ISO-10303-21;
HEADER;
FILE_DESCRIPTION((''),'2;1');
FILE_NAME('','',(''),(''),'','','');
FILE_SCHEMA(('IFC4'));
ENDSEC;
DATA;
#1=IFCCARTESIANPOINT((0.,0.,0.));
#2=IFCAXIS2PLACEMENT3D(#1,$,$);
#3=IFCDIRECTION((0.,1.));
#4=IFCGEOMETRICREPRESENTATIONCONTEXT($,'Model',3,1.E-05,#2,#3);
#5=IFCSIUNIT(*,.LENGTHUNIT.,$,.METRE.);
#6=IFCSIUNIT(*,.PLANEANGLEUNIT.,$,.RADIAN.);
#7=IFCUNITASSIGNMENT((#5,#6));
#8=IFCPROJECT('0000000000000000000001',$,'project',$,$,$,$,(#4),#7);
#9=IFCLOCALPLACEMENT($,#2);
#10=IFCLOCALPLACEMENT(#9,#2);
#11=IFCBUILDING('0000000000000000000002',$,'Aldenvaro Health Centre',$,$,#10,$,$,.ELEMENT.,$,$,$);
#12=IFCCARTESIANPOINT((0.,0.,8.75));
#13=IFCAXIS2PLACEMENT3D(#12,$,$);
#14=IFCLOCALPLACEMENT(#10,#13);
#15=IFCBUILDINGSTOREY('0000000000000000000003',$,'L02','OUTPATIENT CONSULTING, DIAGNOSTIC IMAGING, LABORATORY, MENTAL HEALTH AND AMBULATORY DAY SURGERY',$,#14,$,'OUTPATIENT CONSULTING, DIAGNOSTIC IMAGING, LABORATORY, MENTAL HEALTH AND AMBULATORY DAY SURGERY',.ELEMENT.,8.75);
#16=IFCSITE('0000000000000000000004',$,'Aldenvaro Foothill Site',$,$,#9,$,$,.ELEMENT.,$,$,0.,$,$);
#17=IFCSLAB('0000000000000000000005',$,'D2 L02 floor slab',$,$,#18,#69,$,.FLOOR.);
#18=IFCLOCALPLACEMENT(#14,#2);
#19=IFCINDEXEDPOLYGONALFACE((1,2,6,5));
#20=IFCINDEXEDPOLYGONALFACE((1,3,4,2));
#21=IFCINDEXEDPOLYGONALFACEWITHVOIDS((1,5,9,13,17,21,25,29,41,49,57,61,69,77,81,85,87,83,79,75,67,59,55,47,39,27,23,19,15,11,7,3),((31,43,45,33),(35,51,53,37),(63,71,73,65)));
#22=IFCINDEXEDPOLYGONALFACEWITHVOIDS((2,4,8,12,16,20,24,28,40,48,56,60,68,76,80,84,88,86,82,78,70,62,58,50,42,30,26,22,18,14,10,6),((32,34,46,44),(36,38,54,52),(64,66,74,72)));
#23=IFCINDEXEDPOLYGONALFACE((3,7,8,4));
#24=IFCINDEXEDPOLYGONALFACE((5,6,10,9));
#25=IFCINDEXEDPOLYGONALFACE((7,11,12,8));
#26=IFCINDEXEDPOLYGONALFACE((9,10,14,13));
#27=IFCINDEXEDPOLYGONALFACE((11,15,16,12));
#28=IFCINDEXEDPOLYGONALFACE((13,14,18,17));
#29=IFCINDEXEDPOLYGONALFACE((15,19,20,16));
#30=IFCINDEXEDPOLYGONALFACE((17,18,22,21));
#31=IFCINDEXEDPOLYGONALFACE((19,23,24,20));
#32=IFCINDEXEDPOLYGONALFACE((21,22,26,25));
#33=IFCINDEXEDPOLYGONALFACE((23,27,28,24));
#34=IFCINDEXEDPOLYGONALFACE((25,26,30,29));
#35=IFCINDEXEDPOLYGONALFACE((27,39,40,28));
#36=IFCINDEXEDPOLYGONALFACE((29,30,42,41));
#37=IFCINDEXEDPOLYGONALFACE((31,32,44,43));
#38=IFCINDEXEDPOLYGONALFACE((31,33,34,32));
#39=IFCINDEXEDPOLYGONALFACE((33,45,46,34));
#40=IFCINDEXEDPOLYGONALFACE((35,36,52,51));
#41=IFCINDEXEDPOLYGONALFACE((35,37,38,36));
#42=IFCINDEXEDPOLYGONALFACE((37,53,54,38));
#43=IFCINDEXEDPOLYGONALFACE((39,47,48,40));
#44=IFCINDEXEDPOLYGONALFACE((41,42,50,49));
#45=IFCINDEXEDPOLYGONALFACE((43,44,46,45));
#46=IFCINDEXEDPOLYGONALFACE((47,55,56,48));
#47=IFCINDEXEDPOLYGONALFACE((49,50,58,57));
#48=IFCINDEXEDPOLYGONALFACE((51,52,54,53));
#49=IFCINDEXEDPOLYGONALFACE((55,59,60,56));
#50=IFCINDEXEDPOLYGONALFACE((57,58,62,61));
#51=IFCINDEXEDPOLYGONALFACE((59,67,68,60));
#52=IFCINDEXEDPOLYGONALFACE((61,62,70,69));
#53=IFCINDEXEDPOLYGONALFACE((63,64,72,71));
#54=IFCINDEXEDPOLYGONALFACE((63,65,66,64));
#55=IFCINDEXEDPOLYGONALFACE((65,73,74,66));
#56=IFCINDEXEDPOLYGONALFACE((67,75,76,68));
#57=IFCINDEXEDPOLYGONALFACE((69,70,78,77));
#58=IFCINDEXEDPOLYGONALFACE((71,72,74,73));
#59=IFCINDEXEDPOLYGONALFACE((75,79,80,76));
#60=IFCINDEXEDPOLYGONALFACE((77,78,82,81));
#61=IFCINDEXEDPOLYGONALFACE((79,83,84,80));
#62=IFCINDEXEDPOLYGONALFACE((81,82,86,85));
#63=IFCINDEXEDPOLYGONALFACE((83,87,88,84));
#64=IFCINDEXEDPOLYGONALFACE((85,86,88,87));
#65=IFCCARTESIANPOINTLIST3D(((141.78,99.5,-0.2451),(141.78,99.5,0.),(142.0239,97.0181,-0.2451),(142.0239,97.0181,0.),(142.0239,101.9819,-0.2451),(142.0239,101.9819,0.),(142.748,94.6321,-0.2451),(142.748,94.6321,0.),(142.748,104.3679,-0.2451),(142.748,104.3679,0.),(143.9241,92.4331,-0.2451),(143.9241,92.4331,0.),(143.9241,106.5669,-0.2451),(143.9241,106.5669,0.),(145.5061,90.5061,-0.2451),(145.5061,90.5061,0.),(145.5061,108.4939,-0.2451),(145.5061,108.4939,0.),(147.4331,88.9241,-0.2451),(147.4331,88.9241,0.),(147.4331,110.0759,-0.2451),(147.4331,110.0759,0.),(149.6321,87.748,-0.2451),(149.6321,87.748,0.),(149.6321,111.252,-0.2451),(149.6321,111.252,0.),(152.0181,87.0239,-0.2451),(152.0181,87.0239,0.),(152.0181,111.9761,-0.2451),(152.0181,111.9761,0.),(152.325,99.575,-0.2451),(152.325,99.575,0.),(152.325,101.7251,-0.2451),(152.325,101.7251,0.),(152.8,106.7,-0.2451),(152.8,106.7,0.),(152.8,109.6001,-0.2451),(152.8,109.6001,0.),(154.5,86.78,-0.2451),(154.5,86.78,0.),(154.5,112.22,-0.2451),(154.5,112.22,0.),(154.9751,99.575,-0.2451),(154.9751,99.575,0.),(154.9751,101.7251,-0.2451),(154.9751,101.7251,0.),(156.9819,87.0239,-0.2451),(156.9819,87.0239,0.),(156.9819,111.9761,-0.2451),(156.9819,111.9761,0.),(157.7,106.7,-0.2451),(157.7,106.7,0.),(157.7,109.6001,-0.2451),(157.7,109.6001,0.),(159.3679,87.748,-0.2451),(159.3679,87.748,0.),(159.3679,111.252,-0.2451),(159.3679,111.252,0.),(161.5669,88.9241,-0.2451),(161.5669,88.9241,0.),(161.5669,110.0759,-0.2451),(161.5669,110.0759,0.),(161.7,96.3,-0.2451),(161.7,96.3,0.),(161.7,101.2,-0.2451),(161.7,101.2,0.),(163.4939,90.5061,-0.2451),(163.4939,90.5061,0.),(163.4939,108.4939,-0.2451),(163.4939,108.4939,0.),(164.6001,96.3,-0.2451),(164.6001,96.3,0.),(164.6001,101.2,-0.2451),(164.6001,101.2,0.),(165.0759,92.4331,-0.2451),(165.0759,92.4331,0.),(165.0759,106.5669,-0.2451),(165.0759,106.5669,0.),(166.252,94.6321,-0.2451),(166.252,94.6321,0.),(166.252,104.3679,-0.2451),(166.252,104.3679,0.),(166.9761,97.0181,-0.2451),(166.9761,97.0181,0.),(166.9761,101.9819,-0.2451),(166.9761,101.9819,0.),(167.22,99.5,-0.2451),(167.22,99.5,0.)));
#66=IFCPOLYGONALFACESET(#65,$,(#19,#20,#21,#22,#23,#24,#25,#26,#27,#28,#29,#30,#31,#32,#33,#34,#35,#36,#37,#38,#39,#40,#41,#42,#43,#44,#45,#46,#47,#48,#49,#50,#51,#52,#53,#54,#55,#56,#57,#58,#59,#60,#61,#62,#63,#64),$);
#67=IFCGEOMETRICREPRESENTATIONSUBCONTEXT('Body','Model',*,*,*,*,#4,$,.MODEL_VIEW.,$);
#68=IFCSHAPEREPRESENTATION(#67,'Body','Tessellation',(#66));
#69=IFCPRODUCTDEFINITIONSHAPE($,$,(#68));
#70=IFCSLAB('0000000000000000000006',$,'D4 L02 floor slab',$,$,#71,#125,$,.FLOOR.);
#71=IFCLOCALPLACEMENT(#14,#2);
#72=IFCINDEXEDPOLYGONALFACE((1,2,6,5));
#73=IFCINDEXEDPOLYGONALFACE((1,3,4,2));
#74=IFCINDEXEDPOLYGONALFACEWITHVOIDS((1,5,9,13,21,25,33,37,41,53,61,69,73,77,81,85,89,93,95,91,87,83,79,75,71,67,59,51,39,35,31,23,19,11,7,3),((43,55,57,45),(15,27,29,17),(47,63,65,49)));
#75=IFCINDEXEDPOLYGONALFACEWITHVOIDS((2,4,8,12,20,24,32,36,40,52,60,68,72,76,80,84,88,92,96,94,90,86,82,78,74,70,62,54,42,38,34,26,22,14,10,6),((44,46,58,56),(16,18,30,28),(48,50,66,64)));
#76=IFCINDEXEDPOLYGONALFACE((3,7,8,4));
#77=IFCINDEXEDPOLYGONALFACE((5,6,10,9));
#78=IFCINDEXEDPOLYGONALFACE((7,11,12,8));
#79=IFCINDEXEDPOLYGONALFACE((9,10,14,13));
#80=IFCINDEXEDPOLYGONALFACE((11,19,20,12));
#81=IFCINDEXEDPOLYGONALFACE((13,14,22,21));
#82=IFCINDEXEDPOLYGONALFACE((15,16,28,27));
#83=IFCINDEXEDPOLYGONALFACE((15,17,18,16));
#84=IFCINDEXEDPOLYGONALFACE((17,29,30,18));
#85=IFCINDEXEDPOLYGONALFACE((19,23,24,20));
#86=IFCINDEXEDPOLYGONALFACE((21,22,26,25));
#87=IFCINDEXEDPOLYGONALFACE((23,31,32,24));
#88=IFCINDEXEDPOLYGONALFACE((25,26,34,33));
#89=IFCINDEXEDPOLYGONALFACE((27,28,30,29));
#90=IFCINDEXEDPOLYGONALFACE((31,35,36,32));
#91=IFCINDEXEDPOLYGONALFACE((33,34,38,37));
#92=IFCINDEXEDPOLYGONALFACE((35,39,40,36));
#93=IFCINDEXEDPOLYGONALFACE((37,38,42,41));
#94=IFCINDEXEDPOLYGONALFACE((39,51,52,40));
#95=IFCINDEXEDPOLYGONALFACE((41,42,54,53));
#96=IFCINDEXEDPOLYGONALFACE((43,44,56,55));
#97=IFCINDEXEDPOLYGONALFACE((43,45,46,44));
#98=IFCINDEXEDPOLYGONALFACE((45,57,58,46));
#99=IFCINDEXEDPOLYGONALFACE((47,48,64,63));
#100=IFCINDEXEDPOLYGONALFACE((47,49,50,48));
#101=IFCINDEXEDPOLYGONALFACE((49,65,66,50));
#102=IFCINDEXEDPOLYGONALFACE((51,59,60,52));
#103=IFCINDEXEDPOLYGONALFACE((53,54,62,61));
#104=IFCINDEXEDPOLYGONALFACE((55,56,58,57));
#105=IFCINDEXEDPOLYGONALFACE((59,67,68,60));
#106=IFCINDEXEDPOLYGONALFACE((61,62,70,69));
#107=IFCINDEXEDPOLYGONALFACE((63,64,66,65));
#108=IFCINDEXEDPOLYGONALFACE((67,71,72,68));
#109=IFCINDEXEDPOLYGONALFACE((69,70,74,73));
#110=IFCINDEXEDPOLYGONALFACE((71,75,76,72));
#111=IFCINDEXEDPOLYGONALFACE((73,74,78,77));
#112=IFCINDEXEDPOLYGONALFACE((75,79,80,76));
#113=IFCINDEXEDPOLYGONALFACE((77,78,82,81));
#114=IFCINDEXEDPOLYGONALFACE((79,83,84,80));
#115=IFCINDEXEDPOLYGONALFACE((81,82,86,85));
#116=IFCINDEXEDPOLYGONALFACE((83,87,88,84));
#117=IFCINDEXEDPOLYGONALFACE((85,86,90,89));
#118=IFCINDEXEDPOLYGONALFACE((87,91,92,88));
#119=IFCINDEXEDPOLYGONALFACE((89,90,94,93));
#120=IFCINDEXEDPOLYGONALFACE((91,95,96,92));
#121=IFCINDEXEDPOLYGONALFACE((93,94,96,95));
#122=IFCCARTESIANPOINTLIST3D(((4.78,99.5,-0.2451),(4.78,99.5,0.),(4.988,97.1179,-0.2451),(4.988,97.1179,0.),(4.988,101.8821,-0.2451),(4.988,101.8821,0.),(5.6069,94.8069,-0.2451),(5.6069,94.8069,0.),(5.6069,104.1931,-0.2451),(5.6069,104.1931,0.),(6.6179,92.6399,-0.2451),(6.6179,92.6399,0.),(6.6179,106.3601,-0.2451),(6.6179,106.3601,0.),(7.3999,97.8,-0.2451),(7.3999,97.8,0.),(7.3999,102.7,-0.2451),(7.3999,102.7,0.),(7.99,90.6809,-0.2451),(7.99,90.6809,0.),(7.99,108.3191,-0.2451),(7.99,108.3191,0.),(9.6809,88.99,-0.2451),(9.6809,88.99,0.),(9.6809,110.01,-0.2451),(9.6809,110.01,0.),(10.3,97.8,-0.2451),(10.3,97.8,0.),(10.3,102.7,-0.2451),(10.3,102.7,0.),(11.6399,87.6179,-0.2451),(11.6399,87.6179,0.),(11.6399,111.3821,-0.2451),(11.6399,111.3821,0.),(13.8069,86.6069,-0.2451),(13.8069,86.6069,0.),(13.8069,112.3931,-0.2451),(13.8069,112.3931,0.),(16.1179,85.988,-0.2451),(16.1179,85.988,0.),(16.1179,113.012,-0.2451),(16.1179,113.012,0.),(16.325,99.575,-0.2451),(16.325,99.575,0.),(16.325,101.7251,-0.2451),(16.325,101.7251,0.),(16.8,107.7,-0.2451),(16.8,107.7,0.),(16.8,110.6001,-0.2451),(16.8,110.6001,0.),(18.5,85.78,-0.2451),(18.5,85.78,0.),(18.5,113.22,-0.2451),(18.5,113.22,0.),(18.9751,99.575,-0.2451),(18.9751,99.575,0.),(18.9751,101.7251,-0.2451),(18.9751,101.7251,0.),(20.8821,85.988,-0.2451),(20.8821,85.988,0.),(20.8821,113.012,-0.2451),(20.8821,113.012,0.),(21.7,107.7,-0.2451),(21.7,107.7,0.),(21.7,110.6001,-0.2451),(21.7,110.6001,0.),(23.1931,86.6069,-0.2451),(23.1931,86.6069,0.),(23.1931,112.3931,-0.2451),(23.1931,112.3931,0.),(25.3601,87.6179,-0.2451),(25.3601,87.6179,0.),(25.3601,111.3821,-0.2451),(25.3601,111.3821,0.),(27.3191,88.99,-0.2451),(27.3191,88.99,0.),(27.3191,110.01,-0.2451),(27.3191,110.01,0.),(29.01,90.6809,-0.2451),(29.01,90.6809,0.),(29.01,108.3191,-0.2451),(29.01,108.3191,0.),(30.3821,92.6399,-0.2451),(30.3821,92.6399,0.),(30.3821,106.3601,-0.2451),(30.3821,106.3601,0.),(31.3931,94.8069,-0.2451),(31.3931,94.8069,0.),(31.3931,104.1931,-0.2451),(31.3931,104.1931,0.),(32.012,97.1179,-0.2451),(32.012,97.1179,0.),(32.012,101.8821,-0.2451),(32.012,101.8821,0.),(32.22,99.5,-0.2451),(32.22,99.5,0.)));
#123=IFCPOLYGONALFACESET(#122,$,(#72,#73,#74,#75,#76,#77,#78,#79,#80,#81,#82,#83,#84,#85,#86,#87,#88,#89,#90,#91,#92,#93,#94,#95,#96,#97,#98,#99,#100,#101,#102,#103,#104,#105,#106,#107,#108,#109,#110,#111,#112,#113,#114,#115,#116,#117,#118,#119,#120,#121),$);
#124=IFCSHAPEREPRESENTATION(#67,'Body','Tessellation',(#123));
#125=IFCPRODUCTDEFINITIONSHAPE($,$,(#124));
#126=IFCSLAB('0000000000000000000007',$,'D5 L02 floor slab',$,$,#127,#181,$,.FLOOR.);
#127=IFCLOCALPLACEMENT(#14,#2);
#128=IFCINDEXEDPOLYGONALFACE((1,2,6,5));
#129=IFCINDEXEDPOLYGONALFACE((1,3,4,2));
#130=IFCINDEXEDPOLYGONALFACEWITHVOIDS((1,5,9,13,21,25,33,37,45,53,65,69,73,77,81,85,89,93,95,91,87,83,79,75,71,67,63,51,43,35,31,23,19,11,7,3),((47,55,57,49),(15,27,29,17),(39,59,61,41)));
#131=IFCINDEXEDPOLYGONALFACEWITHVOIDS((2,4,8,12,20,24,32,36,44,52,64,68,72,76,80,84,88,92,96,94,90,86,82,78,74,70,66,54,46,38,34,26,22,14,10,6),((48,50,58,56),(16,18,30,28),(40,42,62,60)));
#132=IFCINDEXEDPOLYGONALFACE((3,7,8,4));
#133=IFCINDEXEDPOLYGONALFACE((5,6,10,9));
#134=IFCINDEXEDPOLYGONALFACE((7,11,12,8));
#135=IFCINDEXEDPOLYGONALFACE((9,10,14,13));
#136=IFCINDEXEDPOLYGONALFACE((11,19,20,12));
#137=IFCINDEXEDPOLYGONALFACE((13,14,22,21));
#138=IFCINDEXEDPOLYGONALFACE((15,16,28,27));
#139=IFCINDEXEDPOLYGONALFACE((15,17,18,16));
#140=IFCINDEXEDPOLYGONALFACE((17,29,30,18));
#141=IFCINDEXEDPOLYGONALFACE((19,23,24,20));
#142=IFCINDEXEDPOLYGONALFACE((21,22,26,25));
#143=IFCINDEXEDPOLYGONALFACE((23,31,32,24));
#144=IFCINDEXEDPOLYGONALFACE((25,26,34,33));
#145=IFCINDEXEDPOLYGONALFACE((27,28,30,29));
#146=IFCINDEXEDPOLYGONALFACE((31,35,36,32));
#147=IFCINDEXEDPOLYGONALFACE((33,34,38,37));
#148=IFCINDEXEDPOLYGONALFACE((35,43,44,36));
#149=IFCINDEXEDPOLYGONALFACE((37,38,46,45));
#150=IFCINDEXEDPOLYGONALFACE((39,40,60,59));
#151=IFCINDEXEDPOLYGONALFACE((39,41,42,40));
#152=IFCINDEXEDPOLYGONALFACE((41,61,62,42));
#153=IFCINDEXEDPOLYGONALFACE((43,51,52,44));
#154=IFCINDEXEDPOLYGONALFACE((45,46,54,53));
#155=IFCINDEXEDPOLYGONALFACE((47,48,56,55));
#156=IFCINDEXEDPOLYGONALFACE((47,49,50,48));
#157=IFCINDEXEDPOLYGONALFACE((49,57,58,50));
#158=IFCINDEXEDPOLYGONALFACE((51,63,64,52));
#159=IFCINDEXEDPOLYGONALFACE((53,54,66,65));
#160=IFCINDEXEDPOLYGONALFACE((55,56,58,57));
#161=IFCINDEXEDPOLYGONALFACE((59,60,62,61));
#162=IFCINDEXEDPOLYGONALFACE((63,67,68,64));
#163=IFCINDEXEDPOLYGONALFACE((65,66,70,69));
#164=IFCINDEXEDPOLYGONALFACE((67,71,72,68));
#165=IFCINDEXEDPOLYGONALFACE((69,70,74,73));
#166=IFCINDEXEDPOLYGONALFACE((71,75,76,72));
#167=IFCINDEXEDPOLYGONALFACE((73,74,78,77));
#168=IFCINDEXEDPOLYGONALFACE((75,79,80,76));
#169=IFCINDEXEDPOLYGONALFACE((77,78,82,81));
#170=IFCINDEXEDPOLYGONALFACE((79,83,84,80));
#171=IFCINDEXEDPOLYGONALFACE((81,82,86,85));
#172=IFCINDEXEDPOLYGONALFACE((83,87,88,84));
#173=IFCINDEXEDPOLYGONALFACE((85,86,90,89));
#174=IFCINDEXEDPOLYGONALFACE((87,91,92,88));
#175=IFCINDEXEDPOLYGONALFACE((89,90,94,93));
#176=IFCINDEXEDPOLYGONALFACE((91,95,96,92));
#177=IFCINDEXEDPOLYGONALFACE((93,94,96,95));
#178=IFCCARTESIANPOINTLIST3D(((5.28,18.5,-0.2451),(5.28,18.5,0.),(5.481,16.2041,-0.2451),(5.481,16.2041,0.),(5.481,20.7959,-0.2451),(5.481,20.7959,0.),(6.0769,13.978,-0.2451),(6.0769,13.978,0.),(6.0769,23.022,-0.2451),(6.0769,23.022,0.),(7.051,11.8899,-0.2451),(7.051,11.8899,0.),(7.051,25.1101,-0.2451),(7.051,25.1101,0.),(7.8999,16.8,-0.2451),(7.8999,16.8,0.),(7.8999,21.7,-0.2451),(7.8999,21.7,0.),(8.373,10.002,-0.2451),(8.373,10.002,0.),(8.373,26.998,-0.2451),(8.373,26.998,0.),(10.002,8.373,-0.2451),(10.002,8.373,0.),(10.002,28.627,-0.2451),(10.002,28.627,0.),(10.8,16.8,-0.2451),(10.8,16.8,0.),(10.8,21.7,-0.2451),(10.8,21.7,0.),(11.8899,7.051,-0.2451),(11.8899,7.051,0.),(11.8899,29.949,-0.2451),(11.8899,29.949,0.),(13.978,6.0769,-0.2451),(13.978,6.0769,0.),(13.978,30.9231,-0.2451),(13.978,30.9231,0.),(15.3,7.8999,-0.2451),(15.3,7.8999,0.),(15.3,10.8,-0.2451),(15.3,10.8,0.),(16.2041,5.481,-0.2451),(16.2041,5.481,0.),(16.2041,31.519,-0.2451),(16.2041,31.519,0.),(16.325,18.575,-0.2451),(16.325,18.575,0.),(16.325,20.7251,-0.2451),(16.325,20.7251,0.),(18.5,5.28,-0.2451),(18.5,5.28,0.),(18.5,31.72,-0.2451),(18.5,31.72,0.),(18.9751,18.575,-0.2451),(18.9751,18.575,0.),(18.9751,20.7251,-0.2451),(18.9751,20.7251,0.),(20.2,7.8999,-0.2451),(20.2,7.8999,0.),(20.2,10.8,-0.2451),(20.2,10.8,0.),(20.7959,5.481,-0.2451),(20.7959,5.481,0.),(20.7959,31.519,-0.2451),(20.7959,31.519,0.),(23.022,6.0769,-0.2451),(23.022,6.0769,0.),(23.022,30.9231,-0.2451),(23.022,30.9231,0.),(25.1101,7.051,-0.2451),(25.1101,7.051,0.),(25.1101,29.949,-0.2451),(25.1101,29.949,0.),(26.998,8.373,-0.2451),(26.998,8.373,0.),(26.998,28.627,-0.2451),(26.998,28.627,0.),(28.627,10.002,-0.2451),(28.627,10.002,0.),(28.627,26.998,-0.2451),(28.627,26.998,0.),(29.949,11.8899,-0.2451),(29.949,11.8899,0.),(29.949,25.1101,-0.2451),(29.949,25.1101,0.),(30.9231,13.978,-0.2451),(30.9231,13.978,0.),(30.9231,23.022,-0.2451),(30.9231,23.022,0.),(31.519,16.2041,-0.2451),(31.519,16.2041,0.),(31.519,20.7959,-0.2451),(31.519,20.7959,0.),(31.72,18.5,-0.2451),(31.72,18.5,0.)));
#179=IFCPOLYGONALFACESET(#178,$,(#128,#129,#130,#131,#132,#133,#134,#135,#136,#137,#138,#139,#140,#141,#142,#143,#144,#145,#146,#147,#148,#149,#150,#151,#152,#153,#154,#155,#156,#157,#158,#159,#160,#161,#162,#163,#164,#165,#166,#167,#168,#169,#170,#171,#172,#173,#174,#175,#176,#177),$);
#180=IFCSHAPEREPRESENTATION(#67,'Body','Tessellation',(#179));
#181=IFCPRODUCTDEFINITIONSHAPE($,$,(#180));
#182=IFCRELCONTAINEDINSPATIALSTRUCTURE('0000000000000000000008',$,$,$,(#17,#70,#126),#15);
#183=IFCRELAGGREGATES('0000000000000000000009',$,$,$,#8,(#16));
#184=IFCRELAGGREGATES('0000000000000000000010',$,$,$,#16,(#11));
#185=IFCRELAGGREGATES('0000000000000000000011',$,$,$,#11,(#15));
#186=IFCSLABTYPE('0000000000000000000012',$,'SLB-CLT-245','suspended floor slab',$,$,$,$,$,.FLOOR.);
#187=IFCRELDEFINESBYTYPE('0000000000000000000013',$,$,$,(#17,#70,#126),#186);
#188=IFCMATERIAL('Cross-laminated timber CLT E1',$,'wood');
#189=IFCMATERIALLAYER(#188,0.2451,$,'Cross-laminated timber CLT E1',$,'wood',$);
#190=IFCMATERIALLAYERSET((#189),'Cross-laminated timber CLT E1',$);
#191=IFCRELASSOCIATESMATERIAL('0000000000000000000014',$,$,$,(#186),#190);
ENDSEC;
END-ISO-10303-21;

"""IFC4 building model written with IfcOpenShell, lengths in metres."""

from ifc_helpers import new_model, si_unit, direction, frame, origin, place, context, subcontext, project, spatial, polyline, outline, extrude, material, layer, layer_set, type_object, element, save


model = new_model("IFC4")

# Units and contexts
model_context = context("Model", 3, precision=1e-05, world=origin(), true_north=direction((0.0, 1.0)))
body_context = subcontext(model_context, "Body", "Model", "MODEL_VIEW")
ifc_project = project(units=[si_unit("LENGTHUNIT", "METRE"), si_unit("PLANEANGLEUNIT", "RADIAN")], contexts=[model_context])

# Site, building, storey
site_placement = place(None, origin())
site = spatial("IfcSite", under=ifc_project, at=site_placement, Name="Aldenvaro Foothill Site", CompositionType="ELEMENT", RefElevation=0.0)
building_placement = place(site_placement, origin())
building = spatial("IfcBuilding", under=site, at=building_placement, Name="Aldenvaro Health Centre", CompositionType="ELEMENT")
storey_placement = place(building_placement, frame((0.0, 0.0, 8.75)))
storey = spatial("IfcBuildingStorey", under=building, at=storey_placement, Name="L02", Description="OUTPATIENT CONSULTING, DIAGNOSTIC IMAGING, LABORATORY, MENTAL HEALTH AND AMBULATORY DAY SURGERY", LongName="OUTPATIENT CONSULTING, DIAGNOSTIC IMAGING, LABORATORY, MENTAL HEALTH AND AMBULATORY DAY SURGERY", CompositionType="ELEMENT", Elevation=8.75)

# Slabs
ifc_material_1 = material(Name="Cross-laminated timber CLT E1", Category="wood")
ifc_layer_1 = layer(ifc_material_1, 0.2451, Name="Cross-laminated timber CLT E1", Category="wood")
ifc_layer_set_1 = layer_set([ifc_layer_1], Name="Cross-laminated timber CLT E1")
slab_type_1 = type_object("IfcSlabType", Name="SLB-CLT-245", Description="suspended floor slab", PredefinedType="FLOOR", material=ifc_layer_set_1)
slab_1_placement = place(storey_placement, frame((0.0, 0.0, -0.2451)))
element("IfcSlab", 1, at=slab_1_placement, inside=storey, type_object=slab_type_1, Name="D2 L02 floor slab", PredefinedType="FLOOR", context=body_context, shape_type="SweptSolid", body=[
    extrude(outline(polyline([(167.22, 99.5), (166.9761, 101.9819), (166.252, 104.3679), (165.0759, 106.5669), (163.4939, 108.4939), (161.5669, 110.0759), (159.3679, 111.252), (156.9819, 111.9761), (154.5, 112.22), (152.0181, 111.9761), (149.6321, 111.252), (147.4331, 110.0759), (145.5061, 108.4939), (143.9241, 106.5669), (142.748, 104.3679), (142.0239, 101.9819), (141.78, 99.5), (142.0239, 97.0181), (142.748, 94.6321), (143.9241, 92.4331), (145.5061, 90.5061), (147.4331, 88.9241), (149.6321, 87.748), (152.0181, 87.0239), (154.5, 86.78), (156.9819, 87.0239), (159.3679, 87.748), (161.5669, 88.9241), (163.4939, 90.5061), (165.0759, 92.4331), (166.252, 94.6321), (166.9761, 97.0181), (167.22, 99.5)]), holes=[polyline([(161.7, 101.2), (161.7, 96.3), (164.6001, 96.3), (164.6001, 101.2), (161.7, 101.2)]), polyline([(152.8, 106.7), (157.7, 106.7), (157.7, 109.6001), (152.8, 109.6001), (152.8, 106.7)]), polyline([(152.325, 99.575), (154.9751, 99.575), (154.9751, 101.7251), (152.325, 101.7251), (152.325, 99.575)])]), origin(), (0.0, 0.0, 1.0), 0.2451),
])
slab_2_placement = place(storey_placement, frame((0.0, 0.0, -0.2451)))
element("IfcSlab", 2, at=slab_2_placement, inside=storey, type_object=slab_type_1, Name="D4 L02 floor slab", PredefinedType="FLOOR", context=body_context, shape_type="SweptSolid", body=[
    extrude(outline(polyline([(32.22, 99.5), (32.012, 101.8821), (31.3931, 104.1931), (30.3821, 106.3601), (29.01, 108.3191), (27.3191, 110.01), (25.3601, 111.3821), (23.1931, 112.3931), (20.8821, 113.012), (18.5, 113.22), (16.1179, 113.012), (13.8069, 112.3931), (11.6399, 111.3821), (9.6809, 110.01), (7.99, 108.3191), (6.6179, 106.3601), (5.6069, 104.1931), (4.988, 101.8821), (4.78, 99.5), (4.988, 97.1179), (5.6069, 94.8069), (6.6179, 92.6399), (7.99, 90.6809), (9.6809, 88.99), (11.6399, 87.6179), (13.8069, 86.6069), (16.1179, 85.988), (18.5, 85.78), (20.8821, 85.988), (23.1931, 86.6069), (25.3601, 87.6179), (27.3191, 88.99), (29.01, 90.6809), (30.3821, 92.6399), (31.3931, 94.8069), (32.012, 97.1179), (32.22, 99.5)]), holes=[polyline([(16.8, 107.7), (21.7, 107.7), (21.7, 110.6001), (16.8, 110.6001), (16.8, 107.7)]), polyline([(10.3, 97.8), (10.3, 102.7), (7.3999, 102.7), (7.3999, 97.8), (10.3, 97.8)]), polyline([(16.325, 99.575), (18.9751, 99.575), (18.9751, 101.7251), (16.325, 101.7251), (16.325, 99.575)])]), origin(), (0.0, 0.0, 1.0), 0.2451),
])
slab_3_placement = place(storey_placement, frame((0.0, 0.0, -0.2451)))
element("IfcSlab", 3, at=slab_3_placement, inside=storey, type_object=slab_type_1, Name="D5 L02 floor slab", PredefinedType="FLOOR", context=body_context, shape_type="SweptSolid", body=[
    extrude(outline(polyline([(31.72, 18.5), (31.519, 20.7959), (30.9231, 23.022), (29.949, 25.1101), (28.627, 26.998), (26.998, 28.627), (25.1101, 29.949), (23.022, 30.9231), (20.7959, 31.519), (18.5, 31.72), (16.2041, 31.519), (13.978, 30.9231), (11.8899, 29.949), (10.002, 28.627), (8.373, 26.998), (7.051, 25.1101), (6.0769, 23.022), (5.481, 20.7959), (5.28, 18.5), (5.481, 16.2041), (6.0769, 13.978), (7.051, 11.8899), (8.373, 10.002), (10.002, 8.373), (11.8899, 7.051), (13.978, 6.0769), (16.2041, 5.481), (18.5, 5.28), (20.7959, 5.481), (23.022, 6.0769), (25.1101, 7.051), (26.998, 8.373), (28.627, 10.002), (29.949, 11.8899), (30.9231, 13.978), (31.519, 16.2041), (31.72, 18.5)]), holes=[polyline([(10.8, 16.8), (10.8, 21.7), (7.8999, 21.7), (7.8999, 16.8), (10.8, 16.8)]), polyline([(20.2, 10.8), (15.3, 10.8), (15.3, 7.8999), (20.2, 7.8999), (20.2, 10.8)]), polyline([(16.325, 18.575), (18.9751, 18.575), (18.9751, 20.7251), (16.325, 20.7251), (16.325, 18.575)])]), origin(), (0.0, 0.0, 1.0), 0.2451),
])

save(model, "model.ifc")
